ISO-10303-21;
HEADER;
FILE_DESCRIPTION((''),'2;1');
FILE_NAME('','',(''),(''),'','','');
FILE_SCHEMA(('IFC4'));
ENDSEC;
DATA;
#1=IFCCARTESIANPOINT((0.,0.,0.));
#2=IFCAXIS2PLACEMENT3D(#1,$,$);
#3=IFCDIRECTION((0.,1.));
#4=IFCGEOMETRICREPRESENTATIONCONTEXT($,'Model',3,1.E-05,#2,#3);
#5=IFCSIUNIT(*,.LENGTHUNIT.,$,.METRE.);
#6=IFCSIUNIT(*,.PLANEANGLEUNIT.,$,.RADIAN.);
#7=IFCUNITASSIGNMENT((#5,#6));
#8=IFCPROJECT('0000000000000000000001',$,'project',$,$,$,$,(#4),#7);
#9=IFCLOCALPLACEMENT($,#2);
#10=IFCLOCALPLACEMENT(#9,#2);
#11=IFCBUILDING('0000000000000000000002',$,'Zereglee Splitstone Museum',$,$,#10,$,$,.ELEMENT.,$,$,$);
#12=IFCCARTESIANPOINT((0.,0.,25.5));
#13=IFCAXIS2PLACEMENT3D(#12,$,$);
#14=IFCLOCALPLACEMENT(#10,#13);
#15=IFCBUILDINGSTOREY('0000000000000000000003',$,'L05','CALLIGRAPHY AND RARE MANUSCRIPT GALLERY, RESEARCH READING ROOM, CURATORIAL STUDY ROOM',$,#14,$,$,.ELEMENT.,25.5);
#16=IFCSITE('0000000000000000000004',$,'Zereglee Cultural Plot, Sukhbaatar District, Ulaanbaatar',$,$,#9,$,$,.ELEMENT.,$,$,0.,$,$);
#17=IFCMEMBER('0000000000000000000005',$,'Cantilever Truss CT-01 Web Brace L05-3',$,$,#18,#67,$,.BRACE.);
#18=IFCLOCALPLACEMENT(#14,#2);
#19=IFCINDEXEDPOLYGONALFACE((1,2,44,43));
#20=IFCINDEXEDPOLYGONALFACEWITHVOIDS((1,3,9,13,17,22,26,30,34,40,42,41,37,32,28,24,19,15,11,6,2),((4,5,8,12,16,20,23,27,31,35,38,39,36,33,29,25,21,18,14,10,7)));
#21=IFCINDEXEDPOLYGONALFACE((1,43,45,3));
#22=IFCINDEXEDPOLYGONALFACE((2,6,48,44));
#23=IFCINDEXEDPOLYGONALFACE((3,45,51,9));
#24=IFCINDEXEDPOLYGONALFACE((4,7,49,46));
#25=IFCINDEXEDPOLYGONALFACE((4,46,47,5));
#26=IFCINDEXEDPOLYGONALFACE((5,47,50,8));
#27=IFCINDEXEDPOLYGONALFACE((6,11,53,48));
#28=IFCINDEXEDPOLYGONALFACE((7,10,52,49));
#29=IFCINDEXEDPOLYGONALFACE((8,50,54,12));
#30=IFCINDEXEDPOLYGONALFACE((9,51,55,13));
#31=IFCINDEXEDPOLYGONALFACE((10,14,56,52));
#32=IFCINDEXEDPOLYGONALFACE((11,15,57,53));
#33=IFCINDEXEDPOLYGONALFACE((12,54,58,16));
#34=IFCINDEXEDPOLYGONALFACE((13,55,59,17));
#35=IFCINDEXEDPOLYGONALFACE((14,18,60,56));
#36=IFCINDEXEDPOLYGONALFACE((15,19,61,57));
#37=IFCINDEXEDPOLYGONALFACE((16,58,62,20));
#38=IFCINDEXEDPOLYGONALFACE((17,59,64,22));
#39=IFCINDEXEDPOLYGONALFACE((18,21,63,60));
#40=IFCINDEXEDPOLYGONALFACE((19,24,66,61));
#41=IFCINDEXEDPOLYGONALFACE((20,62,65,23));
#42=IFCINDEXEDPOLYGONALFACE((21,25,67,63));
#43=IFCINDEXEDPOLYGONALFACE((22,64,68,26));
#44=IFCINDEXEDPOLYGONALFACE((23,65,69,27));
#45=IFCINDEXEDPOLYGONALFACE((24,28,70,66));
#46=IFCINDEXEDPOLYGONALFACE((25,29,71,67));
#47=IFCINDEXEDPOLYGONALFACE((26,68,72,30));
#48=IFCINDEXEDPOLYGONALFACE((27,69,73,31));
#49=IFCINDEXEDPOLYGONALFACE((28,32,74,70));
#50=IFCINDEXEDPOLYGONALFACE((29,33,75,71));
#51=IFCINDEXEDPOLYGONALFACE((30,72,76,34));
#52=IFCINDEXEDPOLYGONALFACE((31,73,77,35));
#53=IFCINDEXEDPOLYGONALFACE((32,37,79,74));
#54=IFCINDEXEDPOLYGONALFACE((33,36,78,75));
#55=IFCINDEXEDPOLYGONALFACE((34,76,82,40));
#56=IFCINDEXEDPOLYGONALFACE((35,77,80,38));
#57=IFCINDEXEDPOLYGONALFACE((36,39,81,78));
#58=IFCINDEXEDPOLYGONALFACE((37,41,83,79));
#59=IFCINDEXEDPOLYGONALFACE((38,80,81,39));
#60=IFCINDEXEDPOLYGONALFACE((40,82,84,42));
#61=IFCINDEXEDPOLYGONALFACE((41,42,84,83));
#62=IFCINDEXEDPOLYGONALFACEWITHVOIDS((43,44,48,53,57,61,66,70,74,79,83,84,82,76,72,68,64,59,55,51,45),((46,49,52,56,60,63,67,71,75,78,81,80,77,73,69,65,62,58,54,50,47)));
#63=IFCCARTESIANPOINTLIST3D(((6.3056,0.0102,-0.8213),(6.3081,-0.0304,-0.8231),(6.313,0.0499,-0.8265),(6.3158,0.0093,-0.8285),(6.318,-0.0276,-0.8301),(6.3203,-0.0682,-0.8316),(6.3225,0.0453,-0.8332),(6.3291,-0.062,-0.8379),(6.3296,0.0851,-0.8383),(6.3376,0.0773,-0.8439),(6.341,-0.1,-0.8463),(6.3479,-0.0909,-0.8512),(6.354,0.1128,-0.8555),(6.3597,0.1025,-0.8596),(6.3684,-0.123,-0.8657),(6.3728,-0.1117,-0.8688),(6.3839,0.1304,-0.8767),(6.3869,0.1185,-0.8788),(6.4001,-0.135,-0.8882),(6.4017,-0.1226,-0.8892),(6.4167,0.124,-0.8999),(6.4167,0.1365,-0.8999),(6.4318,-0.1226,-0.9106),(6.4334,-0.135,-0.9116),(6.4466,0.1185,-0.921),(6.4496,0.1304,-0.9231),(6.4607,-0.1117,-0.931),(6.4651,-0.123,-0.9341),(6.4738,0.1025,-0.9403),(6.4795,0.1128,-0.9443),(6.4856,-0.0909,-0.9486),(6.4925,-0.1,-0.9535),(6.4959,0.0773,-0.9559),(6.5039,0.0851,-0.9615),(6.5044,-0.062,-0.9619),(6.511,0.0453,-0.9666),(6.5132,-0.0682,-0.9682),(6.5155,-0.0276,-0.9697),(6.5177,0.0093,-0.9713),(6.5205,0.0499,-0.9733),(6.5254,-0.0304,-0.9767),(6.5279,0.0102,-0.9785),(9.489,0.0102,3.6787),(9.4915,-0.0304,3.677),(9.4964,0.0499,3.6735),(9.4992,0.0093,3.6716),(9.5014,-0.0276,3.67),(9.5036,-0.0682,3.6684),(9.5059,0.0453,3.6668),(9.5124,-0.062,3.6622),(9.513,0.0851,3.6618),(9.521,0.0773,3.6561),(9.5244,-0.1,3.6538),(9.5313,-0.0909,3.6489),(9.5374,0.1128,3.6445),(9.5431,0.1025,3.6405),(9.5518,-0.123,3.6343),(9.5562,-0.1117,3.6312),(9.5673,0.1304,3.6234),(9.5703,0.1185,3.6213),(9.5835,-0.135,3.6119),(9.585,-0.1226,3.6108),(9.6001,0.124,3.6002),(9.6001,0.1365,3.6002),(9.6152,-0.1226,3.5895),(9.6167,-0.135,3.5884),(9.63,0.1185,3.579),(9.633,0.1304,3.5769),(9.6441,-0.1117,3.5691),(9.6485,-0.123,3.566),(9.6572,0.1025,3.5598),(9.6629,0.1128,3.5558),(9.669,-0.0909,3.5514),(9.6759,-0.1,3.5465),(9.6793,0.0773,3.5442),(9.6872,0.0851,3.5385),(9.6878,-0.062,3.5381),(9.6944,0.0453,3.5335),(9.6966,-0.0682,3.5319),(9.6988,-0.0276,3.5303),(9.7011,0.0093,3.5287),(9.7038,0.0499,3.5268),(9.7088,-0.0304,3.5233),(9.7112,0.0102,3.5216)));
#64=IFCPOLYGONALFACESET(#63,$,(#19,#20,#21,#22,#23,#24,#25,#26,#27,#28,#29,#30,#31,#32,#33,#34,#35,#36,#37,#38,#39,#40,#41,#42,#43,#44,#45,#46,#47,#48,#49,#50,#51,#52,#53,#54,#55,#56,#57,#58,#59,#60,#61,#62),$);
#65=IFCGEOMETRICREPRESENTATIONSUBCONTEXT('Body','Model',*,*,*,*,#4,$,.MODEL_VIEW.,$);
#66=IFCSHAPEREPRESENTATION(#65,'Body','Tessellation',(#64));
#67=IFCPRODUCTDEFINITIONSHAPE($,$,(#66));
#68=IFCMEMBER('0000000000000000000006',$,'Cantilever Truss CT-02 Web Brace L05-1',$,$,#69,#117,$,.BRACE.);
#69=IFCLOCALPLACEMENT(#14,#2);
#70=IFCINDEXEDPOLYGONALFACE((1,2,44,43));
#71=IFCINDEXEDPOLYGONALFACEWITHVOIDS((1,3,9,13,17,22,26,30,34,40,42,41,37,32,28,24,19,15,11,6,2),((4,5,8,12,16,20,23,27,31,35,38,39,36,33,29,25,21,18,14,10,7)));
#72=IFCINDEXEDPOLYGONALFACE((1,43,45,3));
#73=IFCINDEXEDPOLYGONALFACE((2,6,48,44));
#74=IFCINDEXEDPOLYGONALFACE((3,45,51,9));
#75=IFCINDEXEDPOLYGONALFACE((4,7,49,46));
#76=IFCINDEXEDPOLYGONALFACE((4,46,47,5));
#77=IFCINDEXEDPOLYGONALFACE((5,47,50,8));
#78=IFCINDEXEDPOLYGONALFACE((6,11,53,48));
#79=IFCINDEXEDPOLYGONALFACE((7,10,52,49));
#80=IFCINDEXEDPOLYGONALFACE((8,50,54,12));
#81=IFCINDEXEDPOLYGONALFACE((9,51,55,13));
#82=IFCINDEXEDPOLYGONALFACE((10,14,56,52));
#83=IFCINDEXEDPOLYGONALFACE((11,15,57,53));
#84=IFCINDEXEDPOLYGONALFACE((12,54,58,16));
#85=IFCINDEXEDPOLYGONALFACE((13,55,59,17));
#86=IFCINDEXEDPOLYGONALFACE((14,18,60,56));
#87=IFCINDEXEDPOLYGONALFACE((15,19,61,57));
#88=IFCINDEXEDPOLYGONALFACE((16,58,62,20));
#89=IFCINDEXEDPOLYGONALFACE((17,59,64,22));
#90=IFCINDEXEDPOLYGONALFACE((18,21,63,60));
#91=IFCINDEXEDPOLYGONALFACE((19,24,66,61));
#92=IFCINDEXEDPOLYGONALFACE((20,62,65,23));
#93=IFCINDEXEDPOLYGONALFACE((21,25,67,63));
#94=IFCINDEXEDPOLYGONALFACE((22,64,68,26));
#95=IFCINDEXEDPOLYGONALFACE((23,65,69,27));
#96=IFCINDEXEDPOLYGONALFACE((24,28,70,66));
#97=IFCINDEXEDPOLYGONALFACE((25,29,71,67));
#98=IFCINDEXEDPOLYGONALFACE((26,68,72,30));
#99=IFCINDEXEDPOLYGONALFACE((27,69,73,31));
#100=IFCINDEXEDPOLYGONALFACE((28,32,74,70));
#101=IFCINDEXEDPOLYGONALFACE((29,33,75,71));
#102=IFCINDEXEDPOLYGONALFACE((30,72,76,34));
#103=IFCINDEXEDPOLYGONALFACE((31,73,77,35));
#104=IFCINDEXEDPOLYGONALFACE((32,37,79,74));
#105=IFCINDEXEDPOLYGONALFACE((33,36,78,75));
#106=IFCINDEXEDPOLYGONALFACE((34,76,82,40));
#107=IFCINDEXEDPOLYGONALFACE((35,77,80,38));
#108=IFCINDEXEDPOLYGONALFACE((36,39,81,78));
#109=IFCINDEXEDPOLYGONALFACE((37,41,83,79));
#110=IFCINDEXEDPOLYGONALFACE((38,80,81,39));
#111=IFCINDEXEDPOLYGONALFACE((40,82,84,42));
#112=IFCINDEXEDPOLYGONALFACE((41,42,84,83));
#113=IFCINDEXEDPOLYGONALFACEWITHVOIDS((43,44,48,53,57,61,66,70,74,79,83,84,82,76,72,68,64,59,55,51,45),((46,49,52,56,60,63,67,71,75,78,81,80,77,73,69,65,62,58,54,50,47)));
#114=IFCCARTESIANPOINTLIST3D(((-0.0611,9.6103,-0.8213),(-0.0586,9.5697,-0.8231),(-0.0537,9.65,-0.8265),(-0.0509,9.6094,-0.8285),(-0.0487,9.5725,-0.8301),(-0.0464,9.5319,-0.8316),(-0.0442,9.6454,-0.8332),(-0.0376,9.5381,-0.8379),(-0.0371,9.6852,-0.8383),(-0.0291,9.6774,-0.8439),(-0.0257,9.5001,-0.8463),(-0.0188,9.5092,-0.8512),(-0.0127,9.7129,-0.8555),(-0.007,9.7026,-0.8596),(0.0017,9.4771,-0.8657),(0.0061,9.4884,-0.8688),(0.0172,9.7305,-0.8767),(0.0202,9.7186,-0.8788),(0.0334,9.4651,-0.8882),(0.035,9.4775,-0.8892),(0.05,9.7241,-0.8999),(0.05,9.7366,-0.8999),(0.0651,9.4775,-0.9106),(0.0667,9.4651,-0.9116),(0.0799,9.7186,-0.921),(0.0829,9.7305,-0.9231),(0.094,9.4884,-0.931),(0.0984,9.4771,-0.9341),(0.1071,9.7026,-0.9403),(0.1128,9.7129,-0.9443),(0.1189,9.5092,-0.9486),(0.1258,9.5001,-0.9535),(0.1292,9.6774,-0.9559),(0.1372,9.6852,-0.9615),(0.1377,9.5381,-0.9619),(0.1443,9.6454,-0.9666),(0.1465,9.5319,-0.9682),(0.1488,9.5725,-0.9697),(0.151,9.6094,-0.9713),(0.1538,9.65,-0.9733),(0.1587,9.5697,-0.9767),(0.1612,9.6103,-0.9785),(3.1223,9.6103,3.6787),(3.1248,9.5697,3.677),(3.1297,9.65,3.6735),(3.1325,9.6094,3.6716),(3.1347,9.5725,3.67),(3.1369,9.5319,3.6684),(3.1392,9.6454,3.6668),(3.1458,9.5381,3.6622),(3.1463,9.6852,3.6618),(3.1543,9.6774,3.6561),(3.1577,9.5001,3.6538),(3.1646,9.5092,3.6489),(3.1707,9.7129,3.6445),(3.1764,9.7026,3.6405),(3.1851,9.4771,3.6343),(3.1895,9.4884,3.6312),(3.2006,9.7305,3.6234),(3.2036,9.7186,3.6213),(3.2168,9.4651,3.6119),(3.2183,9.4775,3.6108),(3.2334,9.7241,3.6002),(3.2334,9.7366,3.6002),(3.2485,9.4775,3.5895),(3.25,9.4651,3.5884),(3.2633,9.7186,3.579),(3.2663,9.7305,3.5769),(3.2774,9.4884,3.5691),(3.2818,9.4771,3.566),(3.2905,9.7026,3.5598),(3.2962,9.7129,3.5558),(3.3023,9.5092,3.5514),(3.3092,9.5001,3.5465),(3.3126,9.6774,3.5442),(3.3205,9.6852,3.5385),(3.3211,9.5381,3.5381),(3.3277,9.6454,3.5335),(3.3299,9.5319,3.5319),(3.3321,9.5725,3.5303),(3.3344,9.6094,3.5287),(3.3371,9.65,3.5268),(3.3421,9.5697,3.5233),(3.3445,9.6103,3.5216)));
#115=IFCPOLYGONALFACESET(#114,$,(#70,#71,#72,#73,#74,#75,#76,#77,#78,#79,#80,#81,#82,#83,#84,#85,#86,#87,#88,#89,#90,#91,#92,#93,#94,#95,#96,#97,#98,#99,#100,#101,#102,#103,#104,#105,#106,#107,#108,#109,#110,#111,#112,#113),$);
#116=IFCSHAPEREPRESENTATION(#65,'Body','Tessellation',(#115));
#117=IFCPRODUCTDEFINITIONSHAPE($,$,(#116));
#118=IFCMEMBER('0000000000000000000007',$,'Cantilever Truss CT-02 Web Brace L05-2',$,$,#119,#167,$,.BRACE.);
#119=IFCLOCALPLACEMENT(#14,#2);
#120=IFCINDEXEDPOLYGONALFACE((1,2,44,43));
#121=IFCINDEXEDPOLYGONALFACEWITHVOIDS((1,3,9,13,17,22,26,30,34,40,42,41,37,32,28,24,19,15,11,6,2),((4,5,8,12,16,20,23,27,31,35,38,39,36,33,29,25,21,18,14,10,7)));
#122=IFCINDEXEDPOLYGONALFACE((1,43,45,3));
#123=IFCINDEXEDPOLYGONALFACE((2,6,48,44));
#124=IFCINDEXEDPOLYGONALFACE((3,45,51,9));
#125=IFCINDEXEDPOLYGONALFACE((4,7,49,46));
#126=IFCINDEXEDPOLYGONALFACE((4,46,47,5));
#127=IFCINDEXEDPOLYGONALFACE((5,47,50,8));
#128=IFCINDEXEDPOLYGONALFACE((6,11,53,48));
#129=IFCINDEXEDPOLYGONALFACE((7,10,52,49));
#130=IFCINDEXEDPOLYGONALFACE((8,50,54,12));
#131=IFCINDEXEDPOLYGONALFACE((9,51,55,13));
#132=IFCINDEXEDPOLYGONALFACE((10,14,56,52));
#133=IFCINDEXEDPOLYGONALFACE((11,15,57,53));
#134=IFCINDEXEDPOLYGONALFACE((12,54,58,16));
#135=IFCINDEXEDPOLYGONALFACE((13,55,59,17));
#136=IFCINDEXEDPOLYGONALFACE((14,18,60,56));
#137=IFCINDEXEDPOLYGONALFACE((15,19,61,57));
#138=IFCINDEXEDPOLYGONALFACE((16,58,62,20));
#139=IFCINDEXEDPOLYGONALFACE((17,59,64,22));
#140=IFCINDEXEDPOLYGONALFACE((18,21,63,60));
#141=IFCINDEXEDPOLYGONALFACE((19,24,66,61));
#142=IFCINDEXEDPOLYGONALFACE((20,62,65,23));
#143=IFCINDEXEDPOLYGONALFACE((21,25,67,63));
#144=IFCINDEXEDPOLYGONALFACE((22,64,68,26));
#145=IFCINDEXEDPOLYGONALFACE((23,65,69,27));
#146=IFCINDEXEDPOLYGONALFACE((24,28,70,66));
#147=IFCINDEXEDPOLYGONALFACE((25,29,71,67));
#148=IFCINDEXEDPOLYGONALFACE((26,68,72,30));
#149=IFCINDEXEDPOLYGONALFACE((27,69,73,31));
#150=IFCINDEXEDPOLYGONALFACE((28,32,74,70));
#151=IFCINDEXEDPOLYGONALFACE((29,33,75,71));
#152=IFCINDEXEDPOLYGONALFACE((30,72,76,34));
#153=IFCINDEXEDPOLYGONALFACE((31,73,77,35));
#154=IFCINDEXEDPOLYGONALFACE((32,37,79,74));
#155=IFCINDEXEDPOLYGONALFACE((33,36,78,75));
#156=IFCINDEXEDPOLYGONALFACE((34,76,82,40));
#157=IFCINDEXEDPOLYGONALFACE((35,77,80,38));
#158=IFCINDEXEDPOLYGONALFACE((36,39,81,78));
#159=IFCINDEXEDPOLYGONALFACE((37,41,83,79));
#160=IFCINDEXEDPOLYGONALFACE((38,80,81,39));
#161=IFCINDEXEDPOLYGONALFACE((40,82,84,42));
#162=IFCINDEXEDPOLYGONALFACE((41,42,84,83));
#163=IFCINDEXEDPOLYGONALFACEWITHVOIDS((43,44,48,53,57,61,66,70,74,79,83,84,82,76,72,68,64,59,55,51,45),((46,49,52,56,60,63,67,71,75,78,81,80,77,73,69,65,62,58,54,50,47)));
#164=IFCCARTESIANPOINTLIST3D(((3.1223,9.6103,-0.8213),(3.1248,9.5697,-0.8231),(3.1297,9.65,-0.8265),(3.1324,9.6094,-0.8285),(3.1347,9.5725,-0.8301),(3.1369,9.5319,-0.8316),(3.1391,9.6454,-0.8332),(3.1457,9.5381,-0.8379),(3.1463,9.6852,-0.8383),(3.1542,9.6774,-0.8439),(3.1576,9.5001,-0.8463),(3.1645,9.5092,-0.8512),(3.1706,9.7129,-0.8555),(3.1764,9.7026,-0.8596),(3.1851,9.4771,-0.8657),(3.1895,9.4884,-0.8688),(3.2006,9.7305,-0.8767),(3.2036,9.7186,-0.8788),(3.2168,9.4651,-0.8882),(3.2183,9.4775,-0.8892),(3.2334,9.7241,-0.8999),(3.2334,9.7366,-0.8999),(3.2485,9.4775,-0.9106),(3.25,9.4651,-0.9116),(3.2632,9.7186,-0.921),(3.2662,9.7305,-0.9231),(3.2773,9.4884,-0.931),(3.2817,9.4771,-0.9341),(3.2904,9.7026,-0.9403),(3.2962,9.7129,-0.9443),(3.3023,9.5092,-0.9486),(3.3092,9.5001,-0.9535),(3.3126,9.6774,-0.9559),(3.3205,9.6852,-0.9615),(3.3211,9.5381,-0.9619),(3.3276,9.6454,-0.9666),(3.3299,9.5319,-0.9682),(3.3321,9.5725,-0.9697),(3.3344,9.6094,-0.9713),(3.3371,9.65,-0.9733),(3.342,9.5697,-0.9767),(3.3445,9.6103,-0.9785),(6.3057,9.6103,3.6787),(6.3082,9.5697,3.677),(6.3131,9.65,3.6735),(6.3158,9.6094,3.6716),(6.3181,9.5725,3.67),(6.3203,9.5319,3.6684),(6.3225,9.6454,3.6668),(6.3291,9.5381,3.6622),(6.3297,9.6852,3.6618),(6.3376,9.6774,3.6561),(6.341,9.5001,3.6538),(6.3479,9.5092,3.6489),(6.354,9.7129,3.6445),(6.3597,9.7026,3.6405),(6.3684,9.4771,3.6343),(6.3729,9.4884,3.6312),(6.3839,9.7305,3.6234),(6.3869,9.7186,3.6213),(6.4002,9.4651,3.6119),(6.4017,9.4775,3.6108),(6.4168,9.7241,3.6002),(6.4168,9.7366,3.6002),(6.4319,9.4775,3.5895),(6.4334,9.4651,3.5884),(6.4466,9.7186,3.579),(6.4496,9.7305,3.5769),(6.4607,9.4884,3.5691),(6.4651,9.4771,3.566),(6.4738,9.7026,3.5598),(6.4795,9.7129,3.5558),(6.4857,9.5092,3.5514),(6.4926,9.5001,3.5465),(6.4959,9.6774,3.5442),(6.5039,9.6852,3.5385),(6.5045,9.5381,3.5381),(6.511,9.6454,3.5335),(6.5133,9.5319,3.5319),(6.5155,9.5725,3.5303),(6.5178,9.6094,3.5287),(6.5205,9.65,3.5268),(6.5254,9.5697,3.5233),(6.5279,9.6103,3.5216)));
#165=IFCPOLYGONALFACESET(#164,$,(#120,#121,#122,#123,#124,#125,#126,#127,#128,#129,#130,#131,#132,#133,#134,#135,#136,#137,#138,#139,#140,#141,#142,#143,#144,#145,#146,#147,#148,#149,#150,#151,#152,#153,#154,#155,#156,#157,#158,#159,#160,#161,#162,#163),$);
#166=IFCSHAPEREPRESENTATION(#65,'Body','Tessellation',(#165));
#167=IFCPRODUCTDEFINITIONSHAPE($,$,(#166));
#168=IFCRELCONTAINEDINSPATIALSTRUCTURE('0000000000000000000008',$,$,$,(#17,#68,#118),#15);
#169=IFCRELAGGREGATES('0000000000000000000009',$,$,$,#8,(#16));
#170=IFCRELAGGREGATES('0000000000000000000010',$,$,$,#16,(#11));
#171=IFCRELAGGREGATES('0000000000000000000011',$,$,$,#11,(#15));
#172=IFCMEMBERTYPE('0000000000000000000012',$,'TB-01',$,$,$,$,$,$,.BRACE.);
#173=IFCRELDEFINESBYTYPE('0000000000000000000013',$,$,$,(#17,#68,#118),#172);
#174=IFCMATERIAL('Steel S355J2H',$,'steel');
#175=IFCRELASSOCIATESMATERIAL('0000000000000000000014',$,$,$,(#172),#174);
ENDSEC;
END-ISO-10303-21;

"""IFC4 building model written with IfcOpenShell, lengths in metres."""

from ifc_helpers import new_model, si_unit, direction, frame, origin, origin_2d, place, context, subcontext, project, spatial, hollow_circle, extrude, material, material_profile, profile_set, type_object, element, save


model = new_model("IFC4")

# Units and contexts
model_context = context("Model", 3, precision=1e-05, world=origin(), true_north=direction((0.0, 1.0)))
body_context = subcontext(model_context, "Body", "Model", "MODEL_VIEW")
ifc_project = project(units=[si_unit("LENGTHUNIT", "METRE"), si_unit("PLANEANGLEUNIT", "RADIAN")], contexts=[model_context])

# Site, building, storey
site_placement = place(None, origin())
site = spatial("IfcSite", under=ifc_project, at=site_placement, Name="Zereglee Cultural Plot, Sukhbaatar District, Ulaanbaatar", CompositionType="ELEMENT", RefElevation=0.0)
building_placement = place(site_placement, origin())
building = spatial("IfcBuilding", under=site, at=building_placement, Name="Zereglee Splitstone Museum", CompositionType="ELEMENT")
storey_placement = place(building_placement, frame((0.0, 0.0, 25.5)))
storey = spatial("IfcBuildingStorey", under=building, at=storey_placement, Name="L05", Description="CALLIGRAPHY AND RARE MANUSCRIPT GALLERY, RESEARCH READING ROOM, CURATORIAL STUDY ROOM", CompositionType="ELEMENT", Elevation=25.5)

# Members
ifc_material_1 = material(Name="Steel S355J2H", Category="steel")
ifc_material_profile_1 = material_profile(ifc_material_1, hollow_circle(Radius=0.1365, WallThickness=0.0125, at=origin_2d()), Name="CHS 273.0x12.5")
ifc_profile_set_1 = profile_set([ifc_material_profile_1], Name="Steel S355J2H")
member_type_1 = type_object("IfcMemberType", Name="TB-01", PredefinedType="BRACE", material=ifc_profile_set_1)
for number, where, z_axis, x_axis, name in (
    (1, (6.4167, 0.0, -0.8999), (0.577516, 0.0, 0.816379), (0.0, 1.0, 0.0), "Cantilever Truss CT-01 Web Brace L05-3"),
    (2, (0.05, 9.6001, -0.8999), (0.577516, 0.0, 0.816379), (0.0, 1.0, 0.0), "Cantilever Truss CT-02 Web Brace L05-1"),
    (3, (3.2334, 9.6001, -0.8999), (0.577516, 0.0, 0.816379), (0.0, 1.0, 0.0), "Cantilever Truss CT-02 Web Brace L05-2"),
):
    element("IfcMember", number, at=place(storey_placement, frame(where, z_axis=z_axis, x_axis=x_axis)), inside=storey, type_object=member_type_1, Name=name, PredefinedType="BRACE", context=body_context, shape_type="SweptSolid", body=[
        extrude(hollow_circle(Radius=0.1365, WallThickness=0.0125, at=origin_2d()), origin(), (0.0, 0.0, 1.0), 5.5122),
    ])

save(model, "model.ifc")
